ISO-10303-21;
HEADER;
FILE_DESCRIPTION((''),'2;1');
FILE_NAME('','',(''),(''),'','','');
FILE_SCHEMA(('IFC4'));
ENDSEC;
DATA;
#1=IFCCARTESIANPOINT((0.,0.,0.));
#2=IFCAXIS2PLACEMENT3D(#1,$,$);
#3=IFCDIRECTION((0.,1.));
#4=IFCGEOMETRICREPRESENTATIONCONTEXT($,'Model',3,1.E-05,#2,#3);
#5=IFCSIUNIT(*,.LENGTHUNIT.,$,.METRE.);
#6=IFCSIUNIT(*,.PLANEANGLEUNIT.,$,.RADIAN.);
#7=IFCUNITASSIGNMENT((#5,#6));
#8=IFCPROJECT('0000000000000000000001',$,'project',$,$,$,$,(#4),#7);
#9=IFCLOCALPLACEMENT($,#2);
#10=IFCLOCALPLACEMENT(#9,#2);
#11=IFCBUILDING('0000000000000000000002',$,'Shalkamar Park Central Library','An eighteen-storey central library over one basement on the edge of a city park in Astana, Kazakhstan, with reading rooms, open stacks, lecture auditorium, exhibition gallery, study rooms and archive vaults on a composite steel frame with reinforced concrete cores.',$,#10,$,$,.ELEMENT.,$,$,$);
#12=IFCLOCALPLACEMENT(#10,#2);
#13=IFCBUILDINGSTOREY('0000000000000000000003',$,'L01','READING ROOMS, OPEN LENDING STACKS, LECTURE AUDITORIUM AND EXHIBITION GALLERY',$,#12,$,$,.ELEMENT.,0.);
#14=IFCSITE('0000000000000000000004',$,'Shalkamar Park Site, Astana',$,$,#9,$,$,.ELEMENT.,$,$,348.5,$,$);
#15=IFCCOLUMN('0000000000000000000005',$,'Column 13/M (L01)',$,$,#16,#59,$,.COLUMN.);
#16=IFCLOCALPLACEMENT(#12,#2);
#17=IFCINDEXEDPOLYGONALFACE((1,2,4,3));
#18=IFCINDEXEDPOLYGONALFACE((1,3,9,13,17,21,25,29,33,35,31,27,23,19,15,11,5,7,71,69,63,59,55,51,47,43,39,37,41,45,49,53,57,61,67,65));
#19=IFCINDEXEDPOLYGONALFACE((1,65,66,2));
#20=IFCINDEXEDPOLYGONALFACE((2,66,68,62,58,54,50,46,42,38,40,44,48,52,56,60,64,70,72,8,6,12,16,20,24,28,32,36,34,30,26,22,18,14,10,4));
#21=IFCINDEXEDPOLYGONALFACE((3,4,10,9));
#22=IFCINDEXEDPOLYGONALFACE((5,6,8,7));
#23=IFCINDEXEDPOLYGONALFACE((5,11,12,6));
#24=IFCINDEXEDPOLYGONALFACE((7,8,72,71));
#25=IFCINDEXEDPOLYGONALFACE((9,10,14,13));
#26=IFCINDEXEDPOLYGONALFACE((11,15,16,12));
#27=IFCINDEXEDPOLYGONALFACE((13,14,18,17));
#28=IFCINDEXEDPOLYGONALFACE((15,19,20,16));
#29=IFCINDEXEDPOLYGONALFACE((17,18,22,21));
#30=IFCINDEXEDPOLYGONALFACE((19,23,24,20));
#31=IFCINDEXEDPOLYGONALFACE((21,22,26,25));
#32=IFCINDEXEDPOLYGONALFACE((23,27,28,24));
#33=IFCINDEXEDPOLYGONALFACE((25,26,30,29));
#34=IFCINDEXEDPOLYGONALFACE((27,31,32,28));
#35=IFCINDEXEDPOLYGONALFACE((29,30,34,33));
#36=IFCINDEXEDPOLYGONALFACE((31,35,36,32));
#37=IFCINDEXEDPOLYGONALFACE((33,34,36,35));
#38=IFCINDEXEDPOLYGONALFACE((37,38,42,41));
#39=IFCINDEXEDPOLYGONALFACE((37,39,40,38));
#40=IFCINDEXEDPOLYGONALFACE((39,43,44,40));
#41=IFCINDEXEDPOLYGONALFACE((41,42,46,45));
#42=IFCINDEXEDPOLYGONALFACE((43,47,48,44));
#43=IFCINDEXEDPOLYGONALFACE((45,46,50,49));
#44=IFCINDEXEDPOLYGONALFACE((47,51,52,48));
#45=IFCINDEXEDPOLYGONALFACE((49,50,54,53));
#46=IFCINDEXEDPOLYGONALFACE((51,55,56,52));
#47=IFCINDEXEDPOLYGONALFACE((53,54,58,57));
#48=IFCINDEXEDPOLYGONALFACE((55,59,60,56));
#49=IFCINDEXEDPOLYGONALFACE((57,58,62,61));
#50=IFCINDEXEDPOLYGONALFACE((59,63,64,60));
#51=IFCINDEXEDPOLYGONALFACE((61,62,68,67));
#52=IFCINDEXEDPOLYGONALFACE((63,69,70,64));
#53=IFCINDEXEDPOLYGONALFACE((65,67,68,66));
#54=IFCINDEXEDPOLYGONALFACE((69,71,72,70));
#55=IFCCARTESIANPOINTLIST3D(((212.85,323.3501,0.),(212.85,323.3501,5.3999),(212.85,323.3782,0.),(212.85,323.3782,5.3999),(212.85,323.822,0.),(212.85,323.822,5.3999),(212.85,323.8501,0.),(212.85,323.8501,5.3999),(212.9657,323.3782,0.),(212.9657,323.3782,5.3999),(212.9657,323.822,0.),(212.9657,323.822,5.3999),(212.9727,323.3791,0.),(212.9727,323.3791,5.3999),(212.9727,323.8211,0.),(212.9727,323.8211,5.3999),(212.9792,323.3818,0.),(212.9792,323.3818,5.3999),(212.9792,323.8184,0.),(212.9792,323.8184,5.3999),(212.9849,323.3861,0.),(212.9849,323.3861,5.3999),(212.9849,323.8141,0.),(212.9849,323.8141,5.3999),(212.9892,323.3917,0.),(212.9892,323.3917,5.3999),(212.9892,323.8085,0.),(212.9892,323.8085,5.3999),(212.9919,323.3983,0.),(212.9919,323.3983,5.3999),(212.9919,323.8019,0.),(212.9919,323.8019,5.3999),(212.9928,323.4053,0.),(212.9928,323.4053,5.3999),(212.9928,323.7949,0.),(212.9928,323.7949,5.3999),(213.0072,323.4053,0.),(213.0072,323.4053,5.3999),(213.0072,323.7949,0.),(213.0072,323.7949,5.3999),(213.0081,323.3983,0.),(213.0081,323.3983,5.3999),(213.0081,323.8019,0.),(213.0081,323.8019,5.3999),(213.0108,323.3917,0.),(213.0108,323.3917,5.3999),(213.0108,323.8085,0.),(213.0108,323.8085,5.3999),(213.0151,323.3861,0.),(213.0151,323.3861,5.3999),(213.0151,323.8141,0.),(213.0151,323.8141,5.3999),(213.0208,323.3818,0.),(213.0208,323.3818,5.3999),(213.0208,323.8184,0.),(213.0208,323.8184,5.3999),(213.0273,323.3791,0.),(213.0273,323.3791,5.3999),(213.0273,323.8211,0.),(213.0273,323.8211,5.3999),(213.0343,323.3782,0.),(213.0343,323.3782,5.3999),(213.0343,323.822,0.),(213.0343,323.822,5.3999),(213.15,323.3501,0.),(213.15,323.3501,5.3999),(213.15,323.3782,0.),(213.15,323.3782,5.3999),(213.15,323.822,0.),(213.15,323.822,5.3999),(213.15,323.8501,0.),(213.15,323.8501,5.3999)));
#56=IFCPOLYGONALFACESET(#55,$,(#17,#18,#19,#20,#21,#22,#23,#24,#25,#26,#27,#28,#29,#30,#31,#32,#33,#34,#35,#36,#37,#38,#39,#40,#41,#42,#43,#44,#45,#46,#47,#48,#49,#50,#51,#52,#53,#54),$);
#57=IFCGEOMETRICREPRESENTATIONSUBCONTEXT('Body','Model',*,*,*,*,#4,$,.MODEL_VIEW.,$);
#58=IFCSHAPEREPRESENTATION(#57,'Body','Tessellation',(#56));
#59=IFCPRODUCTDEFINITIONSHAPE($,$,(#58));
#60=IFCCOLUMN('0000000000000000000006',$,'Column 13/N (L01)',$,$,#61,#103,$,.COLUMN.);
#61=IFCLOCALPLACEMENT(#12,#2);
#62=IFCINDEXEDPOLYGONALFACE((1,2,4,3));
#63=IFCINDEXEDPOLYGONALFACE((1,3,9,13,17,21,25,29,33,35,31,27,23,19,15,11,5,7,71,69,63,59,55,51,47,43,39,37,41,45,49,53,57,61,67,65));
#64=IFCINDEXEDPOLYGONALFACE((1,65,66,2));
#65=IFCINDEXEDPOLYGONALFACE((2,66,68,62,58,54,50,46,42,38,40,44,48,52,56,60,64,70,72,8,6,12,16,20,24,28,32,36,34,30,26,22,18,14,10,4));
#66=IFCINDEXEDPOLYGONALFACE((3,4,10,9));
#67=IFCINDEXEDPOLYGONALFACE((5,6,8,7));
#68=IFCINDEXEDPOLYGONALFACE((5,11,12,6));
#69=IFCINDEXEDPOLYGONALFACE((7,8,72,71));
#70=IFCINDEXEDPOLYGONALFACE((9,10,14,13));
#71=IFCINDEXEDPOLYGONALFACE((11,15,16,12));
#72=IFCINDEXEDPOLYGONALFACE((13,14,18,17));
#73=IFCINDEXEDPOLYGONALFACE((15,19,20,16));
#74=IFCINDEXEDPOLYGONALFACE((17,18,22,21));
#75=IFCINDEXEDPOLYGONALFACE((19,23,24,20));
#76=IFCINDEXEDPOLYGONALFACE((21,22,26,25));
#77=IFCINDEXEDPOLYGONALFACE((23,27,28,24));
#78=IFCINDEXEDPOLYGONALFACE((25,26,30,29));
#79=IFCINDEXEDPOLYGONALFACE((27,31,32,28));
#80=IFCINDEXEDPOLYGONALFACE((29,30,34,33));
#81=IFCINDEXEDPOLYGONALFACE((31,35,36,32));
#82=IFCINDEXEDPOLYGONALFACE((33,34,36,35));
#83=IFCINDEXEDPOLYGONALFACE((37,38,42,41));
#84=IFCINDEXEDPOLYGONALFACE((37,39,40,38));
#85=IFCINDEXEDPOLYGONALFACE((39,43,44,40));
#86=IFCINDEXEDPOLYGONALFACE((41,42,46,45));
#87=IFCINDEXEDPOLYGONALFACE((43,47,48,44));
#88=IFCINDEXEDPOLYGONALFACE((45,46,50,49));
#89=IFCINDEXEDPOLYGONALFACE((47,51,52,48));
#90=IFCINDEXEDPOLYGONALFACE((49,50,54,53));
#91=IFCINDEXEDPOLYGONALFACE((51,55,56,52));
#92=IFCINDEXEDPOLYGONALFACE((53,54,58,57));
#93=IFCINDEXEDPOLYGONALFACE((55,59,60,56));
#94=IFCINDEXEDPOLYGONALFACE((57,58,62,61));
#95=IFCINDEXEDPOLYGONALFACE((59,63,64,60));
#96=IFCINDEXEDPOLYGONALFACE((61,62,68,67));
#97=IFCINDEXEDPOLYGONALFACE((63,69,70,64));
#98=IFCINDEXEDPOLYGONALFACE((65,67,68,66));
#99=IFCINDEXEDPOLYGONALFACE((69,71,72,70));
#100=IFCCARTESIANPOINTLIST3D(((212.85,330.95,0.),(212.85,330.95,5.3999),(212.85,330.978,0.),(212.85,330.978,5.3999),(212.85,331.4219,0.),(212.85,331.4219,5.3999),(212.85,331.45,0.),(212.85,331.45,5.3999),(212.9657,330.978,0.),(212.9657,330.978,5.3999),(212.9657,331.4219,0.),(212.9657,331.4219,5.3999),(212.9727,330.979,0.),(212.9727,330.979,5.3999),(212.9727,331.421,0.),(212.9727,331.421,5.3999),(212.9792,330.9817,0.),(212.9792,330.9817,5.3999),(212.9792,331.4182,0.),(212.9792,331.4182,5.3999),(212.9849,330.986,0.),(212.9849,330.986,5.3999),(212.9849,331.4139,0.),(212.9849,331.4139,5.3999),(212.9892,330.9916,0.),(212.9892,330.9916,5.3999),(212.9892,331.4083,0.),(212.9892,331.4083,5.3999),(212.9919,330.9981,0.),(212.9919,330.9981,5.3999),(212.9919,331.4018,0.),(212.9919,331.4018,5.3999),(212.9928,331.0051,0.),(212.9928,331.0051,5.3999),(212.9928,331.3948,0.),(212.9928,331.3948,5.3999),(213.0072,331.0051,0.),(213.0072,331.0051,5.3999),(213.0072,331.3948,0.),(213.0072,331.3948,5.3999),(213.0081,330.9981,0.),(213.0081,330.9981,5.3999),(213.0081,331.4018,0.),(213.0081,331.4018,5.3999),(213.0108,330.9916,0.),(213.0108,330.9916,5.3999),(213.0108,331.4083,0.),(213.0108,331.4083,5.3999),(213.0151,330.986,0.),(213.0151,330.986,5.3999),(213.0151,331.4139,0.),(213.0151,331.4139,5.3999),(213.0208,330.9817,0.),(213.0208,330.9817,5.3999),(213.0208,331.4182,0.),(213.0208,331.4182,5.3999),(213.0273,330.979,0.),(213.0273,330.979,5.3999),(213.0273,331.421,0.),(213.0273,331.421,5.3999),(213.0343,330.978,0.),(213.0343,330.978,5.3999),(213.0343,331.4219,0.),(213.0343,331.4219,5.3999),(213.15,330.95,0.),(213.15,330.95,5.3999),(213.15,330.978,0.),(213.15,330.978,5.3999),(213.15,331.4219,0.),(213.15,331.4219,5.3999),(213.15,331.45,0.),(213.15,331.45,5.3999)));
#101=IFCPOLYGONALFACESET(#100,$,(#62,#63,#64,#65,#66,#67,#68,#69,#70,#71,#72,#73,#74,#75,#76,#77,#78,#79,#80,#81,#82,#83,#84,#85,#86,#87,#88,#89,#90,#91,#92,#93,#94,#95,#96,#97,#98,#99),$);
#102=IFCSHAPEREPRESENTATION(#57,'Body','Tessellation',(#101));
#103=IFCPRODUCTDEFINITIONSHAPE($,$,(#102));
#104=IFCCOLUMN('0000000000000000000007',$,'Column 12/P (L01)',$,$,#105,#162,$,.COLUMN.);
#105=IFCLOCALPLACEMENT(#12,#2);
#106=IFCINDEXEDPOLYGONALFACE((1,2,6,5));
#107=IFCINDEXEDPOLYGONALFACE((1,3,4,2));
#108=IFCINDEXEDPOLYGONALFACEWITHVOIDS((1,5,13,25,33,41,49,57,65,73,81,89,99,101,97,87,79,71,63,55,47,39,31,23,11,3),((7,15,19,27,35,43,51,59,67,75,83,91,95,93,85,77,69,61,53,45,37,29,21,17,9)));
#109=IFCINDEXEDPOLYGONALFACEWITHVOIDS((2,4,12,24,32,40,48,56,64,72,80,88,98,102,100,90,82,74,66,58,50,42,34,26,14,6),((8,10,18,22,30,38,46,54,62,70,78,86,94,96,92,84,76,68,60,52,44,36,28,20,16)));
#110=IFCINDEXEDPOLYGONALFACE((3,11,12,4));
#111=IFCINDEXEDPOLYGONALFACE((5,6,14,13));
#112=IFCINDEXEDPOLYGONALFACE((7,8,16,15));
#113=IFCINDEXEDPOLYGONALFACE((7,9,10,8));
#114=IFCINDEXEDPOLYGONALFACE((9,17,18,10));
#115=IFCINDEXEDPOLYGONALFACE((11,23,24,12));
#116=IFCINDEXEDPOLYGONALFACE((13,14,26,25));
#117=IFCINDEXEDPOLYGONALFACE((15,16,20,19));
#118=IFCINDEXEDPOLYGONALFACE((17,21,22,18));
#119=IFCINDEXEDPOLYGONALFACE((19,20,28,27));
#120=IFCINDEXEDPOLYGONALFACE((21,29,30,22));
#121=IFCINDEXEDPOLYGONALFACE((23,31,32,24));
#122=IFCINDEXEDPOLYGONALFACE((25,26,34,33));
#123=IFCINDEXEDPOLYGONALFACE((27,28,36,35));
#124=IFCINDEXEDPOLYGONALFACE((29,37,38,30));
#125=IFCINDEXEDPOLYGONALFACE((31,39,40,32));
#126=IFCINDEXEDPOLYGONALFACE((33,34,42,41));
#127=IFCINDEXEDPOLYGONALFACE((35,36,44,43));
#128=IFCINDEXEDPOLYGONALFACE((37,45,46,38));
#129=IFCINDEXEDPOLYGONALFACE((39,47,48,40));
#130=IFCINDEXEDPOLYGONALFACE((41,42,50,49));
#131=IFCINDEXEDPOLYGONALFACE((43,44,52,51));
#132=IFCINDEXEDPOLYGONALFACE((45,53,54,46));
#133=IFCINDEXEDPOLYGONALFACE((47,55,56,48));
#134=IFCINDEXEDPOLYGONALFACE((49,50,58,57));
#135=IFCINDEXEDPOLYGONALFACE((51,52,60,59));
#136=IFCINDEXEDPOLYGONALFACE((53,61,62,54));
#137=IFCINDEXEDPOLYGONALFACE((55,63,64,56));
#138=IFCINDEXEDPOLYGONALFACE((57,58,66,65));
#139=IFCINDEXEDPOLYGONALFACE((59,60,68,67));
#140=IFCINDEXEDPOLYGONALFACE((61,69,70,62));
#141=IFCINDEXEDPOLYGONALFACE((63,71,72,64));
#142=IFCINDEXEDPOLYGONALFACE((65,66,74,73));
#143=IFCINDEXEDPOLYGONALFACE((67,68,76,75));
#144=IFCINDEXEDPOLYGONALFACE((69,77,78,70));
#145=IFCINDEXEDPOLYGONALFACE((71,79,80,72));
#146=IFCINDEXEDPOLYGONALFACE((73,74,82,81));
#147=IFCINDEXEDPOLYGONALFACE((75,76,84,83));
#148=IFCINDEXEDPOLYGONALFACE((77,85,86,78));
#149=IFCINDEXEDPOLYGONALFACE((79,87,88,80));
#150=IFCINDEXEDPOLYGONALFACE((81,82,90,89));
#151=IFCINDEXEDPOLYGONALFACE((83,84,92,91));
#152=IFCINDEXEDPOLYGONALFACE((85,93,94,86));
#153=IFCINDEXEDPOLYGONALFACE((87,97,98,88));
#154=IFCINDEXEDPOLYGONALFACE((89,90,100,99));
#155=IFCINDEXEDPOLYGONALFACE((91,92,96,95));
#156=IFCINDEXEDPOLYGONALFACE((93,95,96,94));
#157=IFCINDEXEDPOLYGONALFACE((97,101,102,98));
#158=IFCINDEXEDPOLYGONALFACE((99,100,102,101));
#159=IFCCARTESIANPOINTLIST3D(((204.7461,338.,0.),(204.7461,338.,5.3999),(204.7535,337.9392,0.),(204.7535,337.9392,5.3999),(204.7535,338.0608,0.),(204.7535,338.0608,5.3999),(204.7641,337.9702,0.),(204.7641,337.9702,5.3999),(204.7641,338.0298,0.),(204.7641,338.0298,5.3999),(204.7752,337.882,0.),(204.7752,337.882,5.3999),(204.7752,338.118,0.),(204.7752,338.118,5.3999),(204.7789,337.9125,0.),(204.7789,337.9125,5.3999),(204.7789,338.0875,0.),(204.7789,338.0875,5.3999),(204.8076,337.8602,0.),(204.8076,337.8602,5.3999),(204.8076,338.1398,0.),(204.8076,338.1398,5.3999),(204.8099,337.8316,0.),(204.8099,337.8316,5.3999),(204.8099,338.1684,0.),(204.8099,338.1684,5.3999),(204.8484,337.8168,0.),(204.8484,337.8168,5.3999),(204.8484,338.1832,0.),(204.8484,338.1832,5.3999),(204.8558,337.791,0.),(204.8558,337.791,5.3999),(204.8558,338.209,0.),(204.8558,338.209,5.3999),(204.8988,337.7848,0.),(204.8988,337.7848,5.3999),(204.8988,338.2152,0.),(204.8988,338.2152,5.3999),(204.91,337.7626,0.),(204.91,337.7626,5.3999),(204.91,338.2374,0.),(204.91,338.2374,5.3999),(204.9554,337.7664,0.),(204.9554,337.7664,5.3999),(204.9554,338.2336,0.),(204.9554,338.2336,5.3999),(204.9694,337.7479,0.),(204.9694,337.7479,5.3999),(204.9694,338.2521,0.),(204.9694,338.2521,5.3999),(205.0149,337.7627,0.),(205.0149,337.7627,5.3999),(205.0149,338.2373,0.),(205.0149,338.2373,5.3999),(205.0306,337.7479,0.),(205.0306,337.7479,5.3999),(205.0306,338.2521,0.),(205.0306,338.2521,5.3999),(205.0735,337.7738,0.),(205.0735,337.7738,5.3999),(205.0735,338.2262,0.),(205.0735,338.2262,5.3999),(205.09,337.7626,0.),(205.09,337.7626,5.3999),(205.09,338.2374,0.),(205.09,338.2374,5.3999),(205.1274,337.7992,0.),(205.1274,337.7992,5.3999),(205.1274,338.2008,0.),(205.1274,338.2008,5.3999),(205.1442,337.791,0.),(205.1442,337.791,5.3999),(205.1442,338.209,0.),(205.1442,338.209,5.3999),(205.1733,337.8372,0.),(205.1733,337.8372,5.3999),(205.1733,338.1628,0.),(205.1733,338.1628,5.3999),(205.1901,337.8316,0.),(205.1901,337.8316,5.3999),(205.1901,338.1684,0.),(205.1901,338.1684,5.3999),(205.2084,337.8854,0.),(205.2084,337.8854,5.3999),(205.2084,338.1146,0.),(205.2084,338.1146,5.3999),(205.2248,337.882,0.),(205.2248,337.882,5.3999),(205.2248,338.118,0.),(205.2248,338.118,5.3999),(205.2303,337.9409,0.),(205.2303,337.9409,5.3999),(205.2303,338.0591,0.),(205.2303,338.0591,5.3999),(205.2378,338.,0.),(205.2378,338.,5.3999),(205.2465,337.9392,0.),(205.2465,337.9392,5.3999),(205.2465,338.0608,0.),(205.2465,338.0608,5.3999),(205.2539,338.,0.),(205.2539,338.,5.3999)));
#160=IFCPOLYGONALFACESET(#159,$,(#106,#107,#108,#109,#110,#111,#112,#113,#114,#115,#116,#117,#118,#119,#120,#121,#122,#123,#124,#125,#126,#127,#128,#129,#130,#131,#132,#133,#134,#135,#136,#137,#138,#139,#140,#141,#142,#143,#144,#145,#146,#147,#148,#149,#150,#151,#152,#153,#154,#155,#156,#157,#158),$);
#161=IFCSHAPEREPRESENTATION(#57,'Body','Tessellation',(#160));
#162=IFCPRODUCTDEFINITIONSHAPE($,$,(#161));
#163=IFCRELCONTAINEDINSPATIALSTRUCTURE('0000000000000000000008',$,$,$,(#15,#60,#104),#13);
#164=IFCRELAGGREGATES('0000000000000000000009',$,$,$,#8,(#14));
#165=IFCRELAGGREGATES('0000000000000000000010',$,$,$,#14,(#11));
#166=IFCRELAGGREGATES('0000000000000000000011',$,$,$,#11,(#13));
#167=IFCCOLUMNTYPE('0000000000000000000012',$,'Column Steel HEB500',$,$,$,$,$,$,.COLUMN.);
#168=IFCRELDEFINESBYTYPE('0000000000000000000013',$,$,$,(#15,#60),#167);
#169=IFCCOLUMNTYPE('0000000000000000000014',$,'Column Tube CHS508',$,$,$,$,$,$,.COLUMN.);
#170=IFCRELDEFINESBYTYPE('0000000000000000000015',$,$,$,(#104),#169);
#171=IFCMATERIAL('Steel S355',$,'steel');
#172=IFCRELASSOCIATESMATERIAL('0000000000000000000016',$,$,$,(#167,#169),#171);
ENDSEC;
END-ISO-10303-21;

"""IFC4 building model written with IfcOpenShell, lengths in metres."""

from ifc_helpers import new_model, si_unit, direction, frame, origin, origin_2d, place, context, subcontext, project, spatial, hollow_circle, i_section, extrude, material, material_profile, profile_set, type_object, element, save


model = new_model("IFC4")

# Units and contexts
model_context = context("Model", 3, precision=1e-05, world=origin(), true_north=direction((0.0, 1.0)))
body_context = subcontext(model_context, "Body", "Model", "MODEL_VIEW")
ifc_project = project(units=[si_unit("LENGTHUNIT", "METRE"), si_unit("PLANEANGLEUNIT", "RADIAN")], contexts=[model_context])

# Site, building, storey
site_placement = place(None, origin())
site = spatial("IfcSite", under=ifc_project, at=site_placement, Name="Shalkamar Park Site, Astana", CompositionType="ELEMENT", RefElevation=348.5)
building_placement = place(site_placement, origin())
building = spatial("IfcBuilding", under=site, at=building_placement, Name="Shalkamar Park Central Library", Description="An eighteen-storey central library over one basement on the edge of a city park in Astana, Kazakhstan, with reading rooms, open stacks, lecture auditorium, exhibition gallery, study rooms and archive vaults on a composite steel frame with reinforced concrete cores.", CompositionType="ELEMENT")
storey_placement = place(building_placement, origin())
storey = spatial("IfcBuildingStorey", under=building, at=storey_placement, Name="L01", Description="READING ROOMS, OPEN LENDING STACKS, LECTURE AUDITORIUM AND EXHIBITION GALLERY", CompositionType="ELEMENT", Elevation=0.0)

# Columns
ifc_material_1 = material(Name="Steel S355", Category="steel")
ifc_material_profile_1 = material_profile(ifc_material_1, i_section(OverallWidth=0.3, OverallDepth=0.5, WebThickness=0.0144, FlangeThickness=0.0281, FilletRadius=0.0271, at=origin_2d()), Name="HEB 500")
ifc_profile_set_1 = profile_set([ifc_material_profile_1], Name="Steel S355")
column_type_1 = type_object("IfcColumnType", Name="Column Steel HEB500", PredefinedType="COLUMN", material=ifc_profile_set_1)
for number, where, z_axis, x_axis, name in (
    (1, (213.0, 323.6001, 0.0), (0.0, 0.0, 1.0), (1.0, 0.0, 0.0), "Column 13/M (L01)"),
    (2, (213.0, 331.2, 0.0), (0.0, 0.0, 1.0), (1.0, 0.0, 0.0), "Column 13/N (L01)"),
):
    element("IfcColumn", number, at=place(storey_placement, frame(where, z_axis=z_axis, x_axis=x_axis)), inside=storey, type_object=column_type_1, Name=name, PredefinedType="COLUMN", context=body_context, shape_type="SweptSolid", body=[
        extrude(i_section(OverallWidth=0.3, OverallDepth=0.5, WebThickness=0.0144, FlangeThickness=0.0281, FilletRadius=0.0271, at=origin_2d()), origin(), (0.0, 0.0, 1.0), 5.3999),
    ])
ifc_material_profile_2 = material_profile(ifc_material_1, hollow_circle(Radius=0.2539, WallThickness=0.0161, at=origin_2d()), Name="CHS 508x16")
ifc_profile_set_2 = profile_set([ifc_material_profile_2], Name="Steel S355")
column_type_2 = type_object("IfcColumnType", Name="Column Tube CHS508", PredefinedType="COLUMN", material=ifc_profile_set_2)
for number, where, z_axis, x_axis, name in (
    (3, (205.0, 338.0, 0.0), (0.0, 0.0, 1.0), (1.0, 0.0, 0.0), "Column 12/P (L01)"),
):
    element("IfcColumn", number, at=place(storey_placement, frame(where, z_axis=z_axis, x_axis=x_axis)), inside=storey, type_object=column_type_2, Name=name, PredefinedType="COLUMN", context=body_context, shape_type="SweptSolid", body=[
        extrude(hollow_circle(Radius=0.2539, WallThickness=0.0161, at=origin_2d()), origin(), (0.0, 0.0, 1.0), 5.3999),
    ])

save(model, "model.ifc")
